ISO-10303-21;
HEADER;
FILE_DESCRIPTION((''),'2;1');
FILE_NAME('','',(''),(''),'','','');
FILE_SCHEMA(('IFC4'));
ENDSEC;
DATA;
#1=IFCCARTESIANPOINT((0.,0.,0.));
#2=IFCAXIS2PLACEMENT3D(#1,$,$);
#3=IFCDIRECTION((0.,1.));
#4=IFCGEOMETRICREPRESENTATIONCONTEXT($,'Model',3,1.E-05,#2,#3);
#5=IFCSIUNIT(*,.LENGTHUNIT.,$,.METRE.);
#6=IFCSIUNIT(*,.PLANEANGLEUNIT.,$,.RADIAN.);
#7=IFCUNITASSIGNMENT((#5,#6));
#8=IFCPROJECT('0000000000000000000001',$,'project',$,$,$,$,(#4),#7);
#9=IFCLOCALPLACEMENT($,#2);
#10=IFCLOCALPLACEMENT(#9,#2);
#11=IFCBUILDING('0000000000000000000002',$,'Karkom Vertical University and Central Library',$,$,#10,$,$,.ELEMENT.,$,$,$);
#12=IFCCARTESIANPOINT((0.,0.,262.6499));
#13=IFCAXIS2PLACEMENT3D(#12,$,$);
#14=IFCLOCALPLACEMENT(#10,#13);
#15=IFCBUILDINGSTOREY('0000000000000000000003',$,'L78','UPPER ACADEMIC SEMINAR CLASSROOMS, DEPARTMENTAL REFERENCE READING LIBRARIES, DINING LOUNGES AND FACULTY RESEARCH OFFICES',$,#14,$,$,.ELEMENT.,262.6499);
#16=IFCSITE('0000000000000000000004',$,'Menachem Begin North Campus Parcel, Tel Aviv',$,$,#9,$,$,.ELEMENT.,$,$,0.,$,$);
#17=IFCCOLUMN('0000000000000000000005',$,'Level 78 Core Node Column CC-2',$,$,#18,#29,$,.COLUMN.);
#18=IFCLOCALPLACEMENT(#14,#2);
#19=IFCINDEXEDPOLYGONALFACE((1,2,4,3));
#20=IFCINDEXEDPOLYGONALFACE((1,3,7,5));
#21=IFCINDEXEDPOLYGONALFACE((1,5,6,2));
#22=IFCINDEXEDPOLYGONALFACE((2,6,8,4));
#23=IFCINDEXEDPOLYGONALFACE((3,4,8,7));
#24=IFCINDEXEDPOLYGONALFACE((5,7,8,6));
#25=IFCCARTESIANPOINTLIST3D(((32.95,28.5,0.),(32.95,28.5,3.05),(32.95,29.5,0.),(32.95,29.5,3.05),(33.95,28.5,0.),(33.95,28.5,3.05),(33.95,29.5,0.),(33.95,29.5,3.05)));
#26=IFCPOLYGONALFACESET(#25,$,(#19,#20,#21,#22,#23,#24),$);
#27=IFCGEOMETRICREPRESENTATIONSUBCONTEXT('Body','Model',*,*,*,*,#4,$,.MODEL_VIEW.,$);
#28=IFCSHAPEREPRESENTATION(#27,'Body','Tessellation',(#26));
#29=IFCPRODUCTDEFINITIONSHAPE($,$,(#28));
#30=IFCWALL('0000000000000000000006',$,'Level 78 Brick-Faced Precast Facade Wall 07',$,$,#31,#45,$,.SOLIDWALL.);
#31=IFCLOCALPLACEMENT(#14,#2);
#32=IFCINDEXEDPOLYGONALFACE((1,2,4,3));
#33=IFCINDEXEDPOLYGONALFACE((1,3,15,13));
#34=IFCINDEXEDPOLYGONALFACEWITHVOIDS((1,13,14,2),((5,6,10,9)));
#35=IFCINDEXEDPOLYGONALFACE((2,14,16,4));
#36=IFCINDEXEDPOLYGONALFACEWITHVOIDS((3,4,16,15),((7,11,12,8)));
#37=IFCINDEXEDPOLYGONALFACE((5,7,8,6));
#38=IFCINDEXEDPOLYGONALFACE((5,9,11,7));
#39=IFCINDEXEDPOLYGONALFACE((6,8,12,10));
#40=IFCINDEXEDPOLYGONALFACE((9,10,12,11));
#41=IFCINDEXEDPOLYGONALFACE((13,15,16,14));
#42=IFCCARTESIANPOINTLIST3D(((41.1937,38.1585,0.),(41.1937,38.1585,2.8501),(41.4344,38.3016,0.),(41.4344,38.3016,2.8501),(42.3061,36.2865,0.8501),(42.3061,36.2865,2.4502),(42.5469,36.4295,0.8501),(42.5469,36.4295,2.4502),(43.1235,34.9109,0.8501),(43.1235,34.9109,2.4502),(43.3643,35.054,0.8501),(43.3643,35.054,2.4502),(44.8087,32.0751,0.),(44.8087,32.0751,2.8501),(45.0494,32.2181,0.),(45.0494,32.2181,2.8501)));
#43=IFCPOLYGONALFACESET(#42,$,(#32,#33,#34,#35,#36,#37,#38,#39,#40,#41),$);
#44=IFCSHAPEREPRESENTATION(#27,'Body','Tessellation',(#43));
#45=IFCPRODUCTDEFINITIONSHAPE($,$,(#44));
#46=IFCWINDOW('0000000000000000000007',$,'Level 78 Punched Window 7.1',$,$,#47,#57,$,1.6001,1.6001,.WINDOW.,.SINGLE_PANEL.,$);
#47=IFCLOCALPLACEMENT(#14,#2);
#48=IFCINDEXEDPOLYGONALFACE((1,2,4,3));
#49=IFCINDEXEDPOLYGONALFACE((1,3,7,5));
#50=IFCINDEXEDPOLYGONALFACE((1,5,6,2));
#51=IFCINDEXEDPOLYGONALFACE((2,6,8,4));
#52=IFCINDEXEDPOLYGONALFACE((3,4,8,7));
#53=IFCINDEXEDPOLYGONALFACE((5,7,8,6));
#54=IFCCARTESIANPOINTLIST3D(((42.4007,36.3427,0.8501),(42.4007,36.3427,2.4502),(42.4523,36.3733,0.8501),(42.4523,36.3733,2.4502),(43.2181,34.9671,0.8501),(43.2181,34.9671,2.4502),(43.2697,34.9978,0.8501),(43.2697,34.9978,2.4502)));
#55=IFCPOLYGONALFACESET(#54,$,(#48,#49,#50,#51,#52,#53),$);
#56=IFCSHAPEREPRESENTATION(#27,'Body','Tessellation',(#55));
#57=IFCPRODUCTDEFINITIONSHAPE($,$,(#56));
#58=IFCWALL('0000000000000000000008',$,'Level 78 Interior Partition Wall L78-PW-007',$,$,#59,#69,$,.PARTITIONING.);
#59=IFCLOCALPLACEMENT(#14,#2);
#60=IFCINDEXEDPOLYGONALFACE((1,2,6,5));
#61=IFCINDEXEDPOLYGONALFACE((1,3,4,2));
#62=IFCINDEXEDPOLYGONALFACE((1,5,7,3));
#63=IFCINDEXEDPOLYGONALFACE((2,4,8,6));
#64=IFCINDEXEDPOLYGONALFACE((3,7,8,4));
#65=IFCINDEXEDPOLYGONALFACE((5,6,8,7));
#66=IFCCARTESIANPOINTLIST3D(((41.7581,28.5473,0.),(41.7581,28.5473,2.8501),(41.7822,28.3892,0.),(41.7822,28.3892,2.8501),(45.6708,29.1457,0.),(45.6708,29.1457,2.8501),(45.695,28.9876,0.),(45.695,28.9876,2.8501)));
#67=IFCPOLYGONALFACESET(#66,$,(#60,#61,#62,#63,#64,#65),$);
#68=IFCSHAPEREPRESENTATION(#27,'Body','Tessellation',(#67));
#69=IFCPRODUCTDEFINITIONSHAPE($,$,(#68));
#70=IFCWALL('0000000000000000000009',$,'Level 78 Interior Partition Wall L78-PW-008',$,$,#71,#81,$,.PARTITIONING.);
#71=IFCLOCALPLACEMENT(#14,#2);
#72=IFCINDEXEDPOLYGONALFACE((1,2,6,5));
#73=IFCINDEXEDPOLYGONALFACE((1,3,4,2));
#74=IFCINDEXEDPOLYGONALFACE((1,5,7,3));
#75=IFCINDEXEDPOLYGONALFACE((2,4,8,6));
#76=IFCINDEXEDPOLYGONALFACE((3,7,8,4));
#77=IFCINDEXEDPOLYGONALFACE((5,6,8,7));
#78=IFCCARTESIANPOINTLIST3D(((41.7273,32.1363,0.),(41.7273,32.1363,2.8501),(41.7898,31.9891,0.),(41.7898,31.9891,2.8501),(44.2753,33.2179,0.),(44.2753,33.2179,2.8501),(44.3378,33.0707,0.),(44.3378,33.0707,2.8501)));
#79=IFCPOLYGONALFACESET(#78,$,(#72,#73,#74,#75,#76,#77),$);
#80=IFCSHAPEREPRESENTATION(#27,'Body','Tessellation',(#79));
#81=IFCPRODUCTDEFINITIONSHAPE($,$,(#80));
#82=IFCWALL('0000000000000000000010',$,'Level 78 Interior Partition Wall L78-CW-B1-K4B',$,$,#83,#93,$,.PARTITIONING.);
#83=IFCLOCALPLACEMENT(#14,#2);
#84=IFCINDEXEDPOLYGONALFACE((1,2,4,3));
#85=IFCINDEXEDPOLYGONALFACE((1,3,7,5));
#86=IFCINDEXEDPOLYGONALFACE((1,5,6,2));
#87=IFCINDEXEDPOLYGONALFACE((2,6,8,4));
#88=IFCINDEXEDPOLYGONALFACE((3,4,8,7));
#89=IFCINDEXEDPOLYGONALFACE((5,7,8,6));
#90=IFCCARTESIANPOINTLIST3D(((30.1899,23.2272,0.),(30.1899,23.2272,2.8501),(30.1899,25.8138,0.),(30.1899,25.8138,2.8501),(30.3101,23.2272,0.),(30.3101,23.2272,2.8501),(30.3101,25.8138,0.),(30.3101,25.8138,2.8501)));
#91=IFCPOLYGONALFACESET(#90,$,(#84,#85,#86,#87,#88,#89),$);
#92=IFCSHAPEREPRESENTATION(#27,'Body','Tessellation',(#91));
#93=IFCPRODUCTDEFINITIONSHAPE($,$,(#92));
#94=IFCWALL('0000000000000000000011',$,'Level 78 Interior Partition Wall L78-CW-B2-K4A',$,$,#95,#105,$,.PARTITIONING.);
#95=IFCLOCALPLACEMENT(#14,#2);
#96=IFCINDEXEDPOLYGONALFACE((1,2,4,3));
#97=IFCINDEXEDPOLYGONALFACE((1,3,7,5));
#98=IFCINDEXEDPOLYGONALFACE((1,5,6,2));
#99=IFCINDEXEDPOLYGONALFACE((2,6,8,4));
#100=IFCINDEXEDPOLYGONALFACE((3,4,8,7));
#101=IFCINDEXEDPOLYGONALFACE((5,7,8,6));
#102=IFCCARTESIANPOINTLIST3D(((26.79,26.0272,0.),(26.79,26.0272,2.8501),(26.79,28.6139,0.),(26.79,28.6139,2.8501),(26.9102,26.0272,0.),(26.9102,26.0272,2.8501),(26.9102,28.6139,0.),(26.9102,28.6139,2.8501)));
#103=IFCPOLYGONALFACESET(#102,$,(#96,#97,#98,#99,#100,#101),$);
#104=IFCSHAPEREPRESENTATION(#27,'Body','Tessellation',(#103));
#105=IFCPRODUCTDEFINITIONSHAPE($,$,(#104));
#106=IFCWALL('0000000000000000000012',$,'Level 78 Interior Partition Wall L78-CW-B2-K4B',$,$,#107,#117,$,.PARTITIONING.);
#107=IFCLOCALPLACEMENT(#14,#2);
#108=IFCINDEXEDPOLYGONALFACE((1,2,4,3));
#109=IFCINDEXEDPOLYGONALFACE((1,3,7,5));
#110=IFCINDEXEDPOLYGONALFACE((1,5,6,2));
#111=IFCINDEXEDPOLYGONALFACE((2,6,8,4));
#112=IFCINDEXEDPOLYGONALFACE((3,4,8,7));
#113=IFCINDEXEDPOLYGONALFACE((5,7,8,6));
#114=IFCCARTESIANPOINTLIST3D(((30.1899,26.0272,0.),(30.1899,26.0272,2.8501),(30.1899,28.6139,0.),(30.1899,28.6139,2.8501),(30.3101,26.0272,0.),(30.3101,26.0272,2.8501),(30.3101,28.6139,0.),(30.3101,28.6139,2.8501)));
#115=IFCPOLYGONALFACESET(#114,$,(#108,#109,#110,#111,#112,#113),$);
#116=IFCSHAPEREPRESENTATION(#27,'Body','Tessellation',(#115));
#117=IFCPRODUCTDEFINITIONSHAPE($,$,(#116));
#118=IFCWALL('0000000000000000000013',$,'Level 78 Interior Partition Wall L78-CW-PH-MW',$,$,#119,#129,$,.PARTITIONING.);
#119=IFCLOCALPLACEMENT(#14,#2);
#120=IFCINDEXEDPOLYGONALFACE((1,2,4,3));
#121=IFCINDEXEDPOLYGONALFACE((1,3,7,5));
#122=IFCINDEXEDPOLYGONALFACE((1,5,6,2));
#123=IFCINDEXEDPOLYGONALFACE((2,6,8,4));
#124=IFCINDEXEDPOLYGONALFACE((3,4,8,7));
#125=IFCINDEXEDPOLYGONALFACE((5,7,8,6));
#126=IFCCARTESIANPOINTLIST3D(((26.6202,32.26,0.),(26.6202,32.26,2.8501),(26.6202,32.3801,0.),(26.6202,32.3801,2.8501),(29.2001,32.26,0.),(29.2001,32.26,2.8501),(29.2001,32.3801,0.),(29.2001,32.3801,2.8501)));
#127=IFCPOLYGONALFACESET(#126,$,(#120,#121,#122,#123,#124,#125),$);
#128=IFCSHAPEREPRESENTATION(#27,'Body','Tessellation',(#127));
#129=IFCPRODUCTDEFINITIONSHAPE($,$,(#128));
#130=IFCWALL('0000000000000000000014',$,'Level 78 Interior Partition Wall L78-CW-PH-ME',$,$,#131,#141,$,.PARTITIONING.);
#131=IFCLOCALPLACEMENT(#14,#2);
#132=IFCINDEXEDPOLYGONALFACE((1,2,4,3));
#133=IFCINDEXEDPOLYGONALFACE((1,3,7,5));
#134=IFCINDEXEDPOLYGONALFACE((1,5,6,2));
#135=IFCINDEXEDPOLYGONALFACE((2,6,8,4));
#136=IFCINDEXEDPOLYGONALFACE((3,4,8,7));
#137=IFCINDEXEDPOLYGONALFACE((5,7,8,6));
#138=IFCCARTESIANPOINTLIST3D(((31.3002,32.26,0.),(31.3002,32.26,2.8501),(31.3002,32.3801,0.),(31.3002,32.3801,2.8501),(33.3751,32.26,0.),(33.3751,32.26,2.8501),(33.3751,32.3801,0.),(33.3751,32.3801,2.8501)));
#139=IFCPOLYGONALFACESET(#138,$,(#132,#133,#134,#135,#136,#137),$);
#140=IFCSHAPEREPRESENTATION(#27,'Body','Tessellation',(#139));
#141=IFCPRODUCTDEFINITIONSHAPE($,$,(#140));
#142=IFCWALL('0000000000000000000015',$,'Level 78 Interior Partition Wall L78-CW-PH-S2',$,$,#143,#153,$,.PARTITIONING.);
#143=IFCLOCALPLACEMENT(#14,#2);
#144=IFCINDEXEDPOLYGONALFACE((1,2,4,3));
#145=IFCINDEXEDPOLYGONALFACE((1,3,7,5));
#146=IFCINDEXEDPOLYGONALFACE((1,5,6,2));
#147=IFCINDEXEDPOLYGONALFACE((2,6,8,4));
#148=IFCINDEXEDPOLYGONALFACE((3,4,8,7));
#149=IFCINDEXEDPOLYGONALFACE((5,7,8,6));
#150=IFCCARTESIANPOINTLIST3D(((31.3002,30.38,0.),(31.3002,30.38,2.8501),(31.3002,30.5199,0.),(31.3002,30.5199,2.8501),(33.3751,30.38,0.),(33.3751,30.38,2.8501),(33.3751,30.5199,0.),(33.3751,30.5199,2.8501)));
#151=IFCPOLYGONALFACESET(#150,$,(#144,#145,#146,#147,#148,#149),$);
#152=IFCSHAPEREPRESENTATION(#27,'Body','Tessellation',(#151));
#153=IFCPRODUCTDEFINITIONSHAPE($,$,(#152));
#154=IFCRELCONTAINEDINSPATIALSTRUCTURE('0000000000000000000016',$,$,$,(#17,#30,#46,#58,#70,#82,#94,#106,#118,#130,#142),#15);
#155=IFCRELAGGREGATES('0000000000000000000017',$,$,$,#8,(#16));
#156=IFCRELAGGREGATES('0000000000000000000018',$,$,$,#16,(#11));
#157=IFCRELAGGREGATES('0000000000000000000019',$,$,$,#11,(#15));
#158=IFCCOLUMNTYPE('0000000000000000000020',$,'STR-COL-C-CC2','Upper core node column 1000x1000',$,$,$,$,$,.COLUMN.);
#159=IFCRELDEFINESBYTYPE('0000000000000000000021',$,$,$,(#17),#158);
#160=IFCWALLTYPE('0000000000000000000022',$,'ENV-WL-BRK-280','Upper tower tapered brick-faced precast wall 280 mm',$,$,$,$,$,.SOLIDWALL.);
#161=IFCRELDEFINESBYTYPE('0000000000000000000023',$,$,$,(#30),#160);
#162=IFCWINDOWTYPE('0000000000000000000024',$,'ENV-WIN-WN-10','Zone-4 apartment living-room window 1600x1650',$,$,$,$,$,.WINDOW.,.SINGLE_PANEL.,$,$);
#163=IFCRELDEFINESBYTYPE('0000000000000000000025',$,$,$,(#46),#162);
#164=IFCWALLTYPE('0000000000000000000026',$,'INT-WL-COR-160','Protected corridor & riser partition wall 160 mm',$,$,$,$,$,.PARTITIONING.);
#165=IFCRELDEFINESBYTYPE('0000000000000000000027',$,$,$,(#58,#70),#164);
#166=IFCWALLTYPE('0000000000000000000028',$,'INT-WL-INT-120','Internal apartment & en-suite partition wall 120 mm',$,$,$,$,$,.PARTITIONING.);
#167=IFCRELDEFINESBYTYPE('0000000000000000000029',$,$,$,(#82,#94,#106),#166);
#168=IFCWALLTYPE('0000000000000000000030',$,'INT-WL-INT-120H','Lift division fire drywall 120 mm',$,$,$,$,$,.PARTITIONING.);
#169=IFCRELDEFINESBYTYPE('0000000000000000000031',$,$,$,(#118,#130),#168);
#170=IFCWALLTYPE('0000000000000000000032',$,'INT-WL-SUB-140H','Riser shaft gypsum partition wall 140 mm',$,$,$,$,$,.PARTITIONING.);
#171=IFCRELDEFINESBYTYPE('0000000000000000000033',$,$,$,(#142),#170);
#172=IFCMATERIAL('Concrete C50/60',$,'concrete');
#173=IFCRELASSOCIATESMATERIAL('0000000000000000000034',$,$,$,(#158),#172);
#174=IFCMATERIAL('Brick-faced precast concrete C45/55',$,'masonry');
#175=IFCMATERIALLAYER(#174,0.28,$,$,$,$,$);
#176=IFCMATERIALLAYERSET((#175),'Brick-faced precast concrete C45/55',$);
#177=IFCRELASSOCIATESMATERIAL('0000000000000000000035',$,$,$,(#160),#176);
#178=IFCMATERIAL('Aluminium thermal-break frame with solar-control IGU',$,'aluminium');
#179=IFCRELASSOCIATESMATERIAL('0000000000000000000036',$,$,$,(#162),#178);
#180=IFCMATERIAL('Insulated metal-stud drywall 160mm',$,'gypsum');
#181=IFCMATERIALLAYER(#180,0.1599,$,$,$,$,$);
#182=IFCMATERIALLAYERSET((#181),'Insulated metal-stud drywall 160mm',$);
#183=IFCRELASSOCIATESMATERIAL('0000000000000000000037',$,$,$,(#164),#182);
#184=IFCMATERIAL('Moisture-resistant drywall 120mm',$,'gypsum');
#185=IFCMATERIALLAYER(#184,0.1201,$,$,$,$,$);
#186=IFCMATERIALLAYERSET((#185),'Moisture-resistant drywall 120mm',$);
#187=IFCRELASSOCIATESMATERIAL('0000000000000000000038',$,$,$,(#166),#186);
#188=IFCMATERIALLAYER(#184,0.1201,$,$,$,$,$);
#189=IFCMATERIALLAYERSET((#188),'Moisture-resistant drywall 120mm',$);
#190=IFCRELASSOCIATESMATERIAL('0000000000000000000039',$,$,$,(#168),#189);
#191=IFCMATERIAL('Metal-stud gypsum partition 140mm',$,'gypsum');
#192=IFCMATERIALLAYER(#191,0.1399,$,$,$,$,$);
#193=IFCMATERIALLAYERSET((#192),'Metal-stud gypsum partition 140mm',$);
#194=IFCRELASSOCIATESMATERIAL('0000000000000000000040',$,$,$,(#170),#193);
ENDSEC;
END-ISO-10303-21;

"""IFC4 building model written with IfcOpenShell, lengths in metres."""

from ifc_helpers import new_model, si_unit, direction, frame, frame_2d, origin, origin_with_axes, origin_2d, place, context, subcontext, project, spatial, rectangle, extrude, source, transform, mapped, material, layer, layer_set, material_profile, profile_set, type_object, element, fill, save


model = new_model("IFC4")

# Units and contexts
model_context = context("Model", 3, precision=1e-05, world=origin(), true_north=direction((0.0, 1.0)))
body_context = subcontext(model_context, "Body", "Model", "MODEL_VIEW")
ifc_project = project(units=[si_unit("LENGTHUNIT", "METRE"), si_unit("PLANEANGLEUNIT", "RADIAN")], contexts=[model_context])

# Site, building, storey
site_placement = place(None, origin())
site = spatial("IfcSite", under=ifc_project, at=site_placement, Name="Menachem Begin North Campus Parcel, Tel Aviv", CompositionType="ELEMENT", RefElevation=0.0)
building_placement = place(site_placement, origin())
building = spatial("IfcBuilding", under=site, at=building_placement, Name="Karkom Vertical University and Central Library", CompositionType="ELEMENT")
storey_placement = place(building_placement, frame((0.0, 0.0, 262.6499)))
storey = spatial("IfcBuildingStorey", under=building, at=storey_placement, Name="L78", Description="UPPER ACADEMIC SEMINAR CLASSROOMS, DEPARTMENTAL REFERENCE READING LIBRARIES, DINING LOUNGES AND FACULTY RESEARCH OFFICES", CompositionType="ELEMENT", Elevation=262.6499)

# Column
ifc_material_1 = material(Name="Concrete C50/60", Category="concrete")
ifc_material_profile = material_profile(ifc_material_1, rectangle(XDim=1.0, YDim=1.0, at=origin_2d()), Name="RC-1000x1000")
ifc_profile_set = profile_set([ifc_material_profile], Name="Concrete C50/60")
column_type = type_object("IfcColumnType", Name="STR-COL-C-CC2", Description="Upper core node column 1000x1000", PredefinedType="COLUMN", material=ifc_profile_set)
shared_shape_1 = source(origin_with_axes(), body_context, "Body", "SweptSolid", [
    extrude(rectangle(XDim=1.0, YDim=1.0, at=origin_2d()), origin(), (0.0, 0.0, 1.0), 3.05),
])
column_placement = place(storey_placement, frame((33.45, 29.0, 0.0), z_axis=(0.0, 0.0, 1.0), x_axis=(1.0, 0.0, 0.0)))
element("IfcColumn", 1, at=column_placement, inside=storey, type_object=column_type, Name="Level 78 Core Node Column CC-2", PredefinedType="COLUMN", context=body_context, shape_type="MappedRepresentation", body=[
    mapped(shared_shape_1, transform((0.0, 0.0, 0.0), scale=1.0)),
])

# Wall, opening, window
ifc_material_2 = material(Name="Brick-faced precast concrete C45/55", Category="masonry")
ifc_layer_1 = layer(ifc_material_2, 0.28)
ifc_layer_set_1 = layer_set([ifc_layer_1], Name="Brick-faced precast concrete C45/55")
wall_type_1 = type_object("IfcWallType", Name="ENV-WL-BRK-280", Description="Upper tower tapered brick-faced precast wall 280 mm", PredefinedType="SOLIDWALL", material=ifc_layer_set_1)
wall_1_placement = place(storey_placement, frame((44.929, 32.1467, 0.0), z_axis=(0.0, 0.0, 1.0), x_axis=(-0.510843, 0.859674, 0.0)))
wall_1 = element("IfcWall", 2, at=wall_1_placement, inside=storey, type_object=wall_type_1, Name="Level 78 Brick-Faced Precast Facade Wall 07", PredefinedType="SOLIDWALL", context=body_context, shape_type="SweptSolid", body=[
    extrude(rectangle(XDim=7.0764, YDim=0.28, at=frame_2d((3.5381, 0.0))), origin(), (0.0, 0.0, 1.0), 2.8501),
])
opening_1_placement = place(wall_1_placement, frame((3.2986, 0.0, 0.8501)))
opening_1 = element("IfcOpeningElement", 3, at=opening_1_placement, cuts=wall_1, PredefinedType="OPENING", context=body_context, shape_type="SweptSolid", body=[
    extrude(rectangle(XDim=1.6001, YDim=1.6001, at=frame_2d((0.8, 0.8))), frame((0.0, 0.1499, 0.0), z_axis=(0.0, -1.0, 0.0), x_axis=(1.0, 0.0, 0.0)), (0.0, 0.0, 1.0), 0.3),
])
ifc_material_3 = material(Name="Aluminium thermal-break frame with solar-control IGU", Category="aluminium")
window_type = type_object("IfcWindowType", Name="ENV-WIN-WN-10", Description="Zone-4 apartment living-room window 1600x1650", PartitioningType="SINGLE_PANEL", PredefinedType="WINDOW", material=ifc_material_3)
shared_shape_2 = source(origin_with_axes(), body_context, "Body", "SweptSolid", [
    extrude(rectangle(XDim=1.6001, YDim=1.6001, at=frame_2d((0.8, 0.8))), frame((0.0, 0.03, 0.0), z_axis=(0.0, -1.0, 0.0), x_axis=(1.0, 0.0, 0.0)), (0.0, 0.0, 1.0), 0.0601),
])
window_placement = place(opening_1_placement, origin())
window = element("IfcWindow", 4, at=window_placement, inside=storey, type_object=window_type, Name="Level 78 Punched Window 7.1", OverallHeight=1.6001, OverallWidth=1.6001, PartitioningType="SINGLE_PANEL", PredefinedType="WINDOW", context=body_context, shape_type="MappedRepresentation", body=[
    mapped(shared_shape_2, transform((0.0, 0.0, 0.0), scale=1.0)),
])
fill(opening_1, window)

# Walls
ifc_material_4 = material(Name="Insulated metal-stud drywall 160mm", Category="gypsum")
ifc_layer_2 = layer(ifc_material_4, 0.1599)
ifc_layer_set_2 = layer_set([ifc_layer_2], Name="Insulated metal-stud drywall 160mm")
wall_type_2 = type_object("IfcWallType", Name="INT-WL-COR-160", Description="Protected corridor & riser partition wall 160 mm", PredefinedType="PARTITIONING", material=ifc_layer_set_2)
wall_2_placement = place(storey_placement, frame((41.7703, 28.4683, 0.0), z_axis=(0.0, 0.0, 1.0), x_axis=(0.988507, 0.151172, 0.0)))
element("IfcWall", 5, at=wall_2_placement, inside=storey, type_object=wall_type_2, Name="Level 78 Interior Partition Wall L78-PW-007", PredefinedType="PARTITIONING", context=body_context, shape_type="SweptSolid", body=[
    extrude(rectangle(XDim=3.9583, YDim=0.1599, at=frame_2d((1.979, 0.0))), origin(), (0.0, 0.0, 1.0), 2.8501),
])
wall_3_placement = place(storey_placement, frame((41.7585, 32.0627, 0.0), z_axis=(0.0, 0.0, 1.0), x_axis=(0.920513, 0.390713, 0.0)))
element("IfcWall", 6, at=wall_3_placement, inside=storey, type_object=wall_type_2, Name="Level 78 Interior Partition Wall L78-PW-008", PredefinedType="PARTITIONING", context=body_context, shape_type="SweptSolid", body=[
    extrude(rectangle(XDim=2.7681, YDim=0.1599, at=frame_2d((1.384, 0.0))), origin(), (0.0, 0.0, 1.0), 2.8501),
])
ifc_material_5 = material(Name="Moisture-resistant drywall 120mm", Category="gypsum")
ifc_layer_3 = layer(ifc_material_5, 0.1201)
ifc_layer_set_3 = layer_set([ifc_layer_3], Name="Moisture-resistant drywall 120mm")
wall_type_3 = type_object("IfcWallType", Name="INT-WL-INT-120", Description="Internal apartment & en-suite partition wall 120 mm", PredefinedType="PARTITIONING", material=ifc_layer_set_3)
for number, where, z_axis, x_axis, name in (
    (7, (30.25, 23.2271, 0.0), (0.0, 0.0, 1.0), (0.0, 1.0, 0.0), "Level 78 Interior Partition Wall L78-CW-B1-K4B"),
    (8, (26.8501, 26.0271, 0.0), (0.0, 0.0, 1.0), (0.0, 1.0, 0.0), "Level 78 Interior Partition Wall L78-CW-B2-K4A"),
    (9, (30.25, 26.0271, 0.0), (0.0, 0.0, 1.0), (0.0, 1.0, 0.0), "Level 78 Interior Partition Wall L78-CW-B2-K4B"),
):
    element("IfcWall", number, at=place(storey_placement, frame(where, z_axis=z_axis, x_axis=x_axis)), inside=storey, type_object=wall_type_3, Name=name, PredefinedType="PARTITIONING", context=body_context, shape_type="SweptSolid", body=[
        extrude(rectangle(XDim=2.5867, YDim=0.1201, at=frame_2d((1.2935, 0.0))), origin(), (0.0, 0.0, 1.0), 2.8501),
    ])
ifc_layer_4 = layer(ifc_material_5, 0.1201)
ifc_layer_set_4 = layer_set([ifc_layer_4], Name="Moisture-resistant drywall 120mm")
wall_type_4 = type_object("IfcWallType", Name="INT-WL-INT-120H", Description="Lift division fire drywall 120 mm", PredefinedType="PARTITIONING", material=ifc_layer_set_4)
wall_4_placement = place(storey_placement, frame((26.6201, 32.3201, 0.0), z_axis=(0.0, 0.0, 1.0), x_axis=(1.0, 0.0, 0.0)))
element("IfcWall", 10, at=wall_4_placement, inside=storey, type_object=wall_type_4, Name="Level 78 Interior Partition Wall L78-CW-PH-MW", PredefinedType="PARTITIONING", context=body_context, shape_type="SweptSolid", body=[
    extrude(rectangle(XDim=2.5798, YDim=0.1201, at=frame_2d((1.29, 0.0))), origin(), (0.0, 0.0, 1.0), 2.8501),
])
wall_5_placement = place(storey_placement, frame((31.3, 32.3201, 0.0), z_axis=(0.0, 0.0, 1.0), x_axis=(1.0, 0.0, 0.0)))
element("IfcWall", 11, at=wall_5_placement, inside=storey, type_object=wall_type_4, Name="Level 78 Interior Partition Wall L78-CW-PH-ME", PredefinedType="PARTITIONING", context=body_context, shape_type="SweptSolid", body=[
    extrude(rectangle(XDim=2.075, YDim=0.1201, at=frame_2d((1.0376, 0.0))), origin(), (0.0, 0.0, 1.0), 2.8501),
])

# Shared definitions
ifc_material_6 = material(Name="Metal-stud gypsum partition 140mm", Category="gypsum")
ifc_layer_5 = layer(ifc_material_6, 0.1399)
ifc_layer_set_5 = layer_set([ifc_layer_5], Name="Metal-stud gypsum partition 140mm")
wall_type_5 = type_object("IfcWallType", Name="INT-WL-SUB-140H", Description="Riser shaft gypsum partition wall 140 mm", PredefinedType="PARTITIONING", material=ifc_layer_set_5)

# Wall
wall_6_placement = place(storey_placement, frame((31.3, 30.45, 0.0), z_axis=(0.0, 0.0, 1.0), x_axis=(1.0, 0.0, 0.0)))
element("IfcWall", 12, at=wall_6_placement, inside=storey, type_object=wall_type_5, Name="Level 78 Interior Partition Wall L78-CW-PH-S2", PredefinedType="PARTITIONING", context=body_context, shape_type="SweptSolid", body=[
    extrude(rectangle(XDim=2.075, YDim=0.1399, at=frame_2d((1.0376, 0.0))), origin(), (0.0, 0.0, 1.0), 2.8501),
])

save(model, "model.ifc")
